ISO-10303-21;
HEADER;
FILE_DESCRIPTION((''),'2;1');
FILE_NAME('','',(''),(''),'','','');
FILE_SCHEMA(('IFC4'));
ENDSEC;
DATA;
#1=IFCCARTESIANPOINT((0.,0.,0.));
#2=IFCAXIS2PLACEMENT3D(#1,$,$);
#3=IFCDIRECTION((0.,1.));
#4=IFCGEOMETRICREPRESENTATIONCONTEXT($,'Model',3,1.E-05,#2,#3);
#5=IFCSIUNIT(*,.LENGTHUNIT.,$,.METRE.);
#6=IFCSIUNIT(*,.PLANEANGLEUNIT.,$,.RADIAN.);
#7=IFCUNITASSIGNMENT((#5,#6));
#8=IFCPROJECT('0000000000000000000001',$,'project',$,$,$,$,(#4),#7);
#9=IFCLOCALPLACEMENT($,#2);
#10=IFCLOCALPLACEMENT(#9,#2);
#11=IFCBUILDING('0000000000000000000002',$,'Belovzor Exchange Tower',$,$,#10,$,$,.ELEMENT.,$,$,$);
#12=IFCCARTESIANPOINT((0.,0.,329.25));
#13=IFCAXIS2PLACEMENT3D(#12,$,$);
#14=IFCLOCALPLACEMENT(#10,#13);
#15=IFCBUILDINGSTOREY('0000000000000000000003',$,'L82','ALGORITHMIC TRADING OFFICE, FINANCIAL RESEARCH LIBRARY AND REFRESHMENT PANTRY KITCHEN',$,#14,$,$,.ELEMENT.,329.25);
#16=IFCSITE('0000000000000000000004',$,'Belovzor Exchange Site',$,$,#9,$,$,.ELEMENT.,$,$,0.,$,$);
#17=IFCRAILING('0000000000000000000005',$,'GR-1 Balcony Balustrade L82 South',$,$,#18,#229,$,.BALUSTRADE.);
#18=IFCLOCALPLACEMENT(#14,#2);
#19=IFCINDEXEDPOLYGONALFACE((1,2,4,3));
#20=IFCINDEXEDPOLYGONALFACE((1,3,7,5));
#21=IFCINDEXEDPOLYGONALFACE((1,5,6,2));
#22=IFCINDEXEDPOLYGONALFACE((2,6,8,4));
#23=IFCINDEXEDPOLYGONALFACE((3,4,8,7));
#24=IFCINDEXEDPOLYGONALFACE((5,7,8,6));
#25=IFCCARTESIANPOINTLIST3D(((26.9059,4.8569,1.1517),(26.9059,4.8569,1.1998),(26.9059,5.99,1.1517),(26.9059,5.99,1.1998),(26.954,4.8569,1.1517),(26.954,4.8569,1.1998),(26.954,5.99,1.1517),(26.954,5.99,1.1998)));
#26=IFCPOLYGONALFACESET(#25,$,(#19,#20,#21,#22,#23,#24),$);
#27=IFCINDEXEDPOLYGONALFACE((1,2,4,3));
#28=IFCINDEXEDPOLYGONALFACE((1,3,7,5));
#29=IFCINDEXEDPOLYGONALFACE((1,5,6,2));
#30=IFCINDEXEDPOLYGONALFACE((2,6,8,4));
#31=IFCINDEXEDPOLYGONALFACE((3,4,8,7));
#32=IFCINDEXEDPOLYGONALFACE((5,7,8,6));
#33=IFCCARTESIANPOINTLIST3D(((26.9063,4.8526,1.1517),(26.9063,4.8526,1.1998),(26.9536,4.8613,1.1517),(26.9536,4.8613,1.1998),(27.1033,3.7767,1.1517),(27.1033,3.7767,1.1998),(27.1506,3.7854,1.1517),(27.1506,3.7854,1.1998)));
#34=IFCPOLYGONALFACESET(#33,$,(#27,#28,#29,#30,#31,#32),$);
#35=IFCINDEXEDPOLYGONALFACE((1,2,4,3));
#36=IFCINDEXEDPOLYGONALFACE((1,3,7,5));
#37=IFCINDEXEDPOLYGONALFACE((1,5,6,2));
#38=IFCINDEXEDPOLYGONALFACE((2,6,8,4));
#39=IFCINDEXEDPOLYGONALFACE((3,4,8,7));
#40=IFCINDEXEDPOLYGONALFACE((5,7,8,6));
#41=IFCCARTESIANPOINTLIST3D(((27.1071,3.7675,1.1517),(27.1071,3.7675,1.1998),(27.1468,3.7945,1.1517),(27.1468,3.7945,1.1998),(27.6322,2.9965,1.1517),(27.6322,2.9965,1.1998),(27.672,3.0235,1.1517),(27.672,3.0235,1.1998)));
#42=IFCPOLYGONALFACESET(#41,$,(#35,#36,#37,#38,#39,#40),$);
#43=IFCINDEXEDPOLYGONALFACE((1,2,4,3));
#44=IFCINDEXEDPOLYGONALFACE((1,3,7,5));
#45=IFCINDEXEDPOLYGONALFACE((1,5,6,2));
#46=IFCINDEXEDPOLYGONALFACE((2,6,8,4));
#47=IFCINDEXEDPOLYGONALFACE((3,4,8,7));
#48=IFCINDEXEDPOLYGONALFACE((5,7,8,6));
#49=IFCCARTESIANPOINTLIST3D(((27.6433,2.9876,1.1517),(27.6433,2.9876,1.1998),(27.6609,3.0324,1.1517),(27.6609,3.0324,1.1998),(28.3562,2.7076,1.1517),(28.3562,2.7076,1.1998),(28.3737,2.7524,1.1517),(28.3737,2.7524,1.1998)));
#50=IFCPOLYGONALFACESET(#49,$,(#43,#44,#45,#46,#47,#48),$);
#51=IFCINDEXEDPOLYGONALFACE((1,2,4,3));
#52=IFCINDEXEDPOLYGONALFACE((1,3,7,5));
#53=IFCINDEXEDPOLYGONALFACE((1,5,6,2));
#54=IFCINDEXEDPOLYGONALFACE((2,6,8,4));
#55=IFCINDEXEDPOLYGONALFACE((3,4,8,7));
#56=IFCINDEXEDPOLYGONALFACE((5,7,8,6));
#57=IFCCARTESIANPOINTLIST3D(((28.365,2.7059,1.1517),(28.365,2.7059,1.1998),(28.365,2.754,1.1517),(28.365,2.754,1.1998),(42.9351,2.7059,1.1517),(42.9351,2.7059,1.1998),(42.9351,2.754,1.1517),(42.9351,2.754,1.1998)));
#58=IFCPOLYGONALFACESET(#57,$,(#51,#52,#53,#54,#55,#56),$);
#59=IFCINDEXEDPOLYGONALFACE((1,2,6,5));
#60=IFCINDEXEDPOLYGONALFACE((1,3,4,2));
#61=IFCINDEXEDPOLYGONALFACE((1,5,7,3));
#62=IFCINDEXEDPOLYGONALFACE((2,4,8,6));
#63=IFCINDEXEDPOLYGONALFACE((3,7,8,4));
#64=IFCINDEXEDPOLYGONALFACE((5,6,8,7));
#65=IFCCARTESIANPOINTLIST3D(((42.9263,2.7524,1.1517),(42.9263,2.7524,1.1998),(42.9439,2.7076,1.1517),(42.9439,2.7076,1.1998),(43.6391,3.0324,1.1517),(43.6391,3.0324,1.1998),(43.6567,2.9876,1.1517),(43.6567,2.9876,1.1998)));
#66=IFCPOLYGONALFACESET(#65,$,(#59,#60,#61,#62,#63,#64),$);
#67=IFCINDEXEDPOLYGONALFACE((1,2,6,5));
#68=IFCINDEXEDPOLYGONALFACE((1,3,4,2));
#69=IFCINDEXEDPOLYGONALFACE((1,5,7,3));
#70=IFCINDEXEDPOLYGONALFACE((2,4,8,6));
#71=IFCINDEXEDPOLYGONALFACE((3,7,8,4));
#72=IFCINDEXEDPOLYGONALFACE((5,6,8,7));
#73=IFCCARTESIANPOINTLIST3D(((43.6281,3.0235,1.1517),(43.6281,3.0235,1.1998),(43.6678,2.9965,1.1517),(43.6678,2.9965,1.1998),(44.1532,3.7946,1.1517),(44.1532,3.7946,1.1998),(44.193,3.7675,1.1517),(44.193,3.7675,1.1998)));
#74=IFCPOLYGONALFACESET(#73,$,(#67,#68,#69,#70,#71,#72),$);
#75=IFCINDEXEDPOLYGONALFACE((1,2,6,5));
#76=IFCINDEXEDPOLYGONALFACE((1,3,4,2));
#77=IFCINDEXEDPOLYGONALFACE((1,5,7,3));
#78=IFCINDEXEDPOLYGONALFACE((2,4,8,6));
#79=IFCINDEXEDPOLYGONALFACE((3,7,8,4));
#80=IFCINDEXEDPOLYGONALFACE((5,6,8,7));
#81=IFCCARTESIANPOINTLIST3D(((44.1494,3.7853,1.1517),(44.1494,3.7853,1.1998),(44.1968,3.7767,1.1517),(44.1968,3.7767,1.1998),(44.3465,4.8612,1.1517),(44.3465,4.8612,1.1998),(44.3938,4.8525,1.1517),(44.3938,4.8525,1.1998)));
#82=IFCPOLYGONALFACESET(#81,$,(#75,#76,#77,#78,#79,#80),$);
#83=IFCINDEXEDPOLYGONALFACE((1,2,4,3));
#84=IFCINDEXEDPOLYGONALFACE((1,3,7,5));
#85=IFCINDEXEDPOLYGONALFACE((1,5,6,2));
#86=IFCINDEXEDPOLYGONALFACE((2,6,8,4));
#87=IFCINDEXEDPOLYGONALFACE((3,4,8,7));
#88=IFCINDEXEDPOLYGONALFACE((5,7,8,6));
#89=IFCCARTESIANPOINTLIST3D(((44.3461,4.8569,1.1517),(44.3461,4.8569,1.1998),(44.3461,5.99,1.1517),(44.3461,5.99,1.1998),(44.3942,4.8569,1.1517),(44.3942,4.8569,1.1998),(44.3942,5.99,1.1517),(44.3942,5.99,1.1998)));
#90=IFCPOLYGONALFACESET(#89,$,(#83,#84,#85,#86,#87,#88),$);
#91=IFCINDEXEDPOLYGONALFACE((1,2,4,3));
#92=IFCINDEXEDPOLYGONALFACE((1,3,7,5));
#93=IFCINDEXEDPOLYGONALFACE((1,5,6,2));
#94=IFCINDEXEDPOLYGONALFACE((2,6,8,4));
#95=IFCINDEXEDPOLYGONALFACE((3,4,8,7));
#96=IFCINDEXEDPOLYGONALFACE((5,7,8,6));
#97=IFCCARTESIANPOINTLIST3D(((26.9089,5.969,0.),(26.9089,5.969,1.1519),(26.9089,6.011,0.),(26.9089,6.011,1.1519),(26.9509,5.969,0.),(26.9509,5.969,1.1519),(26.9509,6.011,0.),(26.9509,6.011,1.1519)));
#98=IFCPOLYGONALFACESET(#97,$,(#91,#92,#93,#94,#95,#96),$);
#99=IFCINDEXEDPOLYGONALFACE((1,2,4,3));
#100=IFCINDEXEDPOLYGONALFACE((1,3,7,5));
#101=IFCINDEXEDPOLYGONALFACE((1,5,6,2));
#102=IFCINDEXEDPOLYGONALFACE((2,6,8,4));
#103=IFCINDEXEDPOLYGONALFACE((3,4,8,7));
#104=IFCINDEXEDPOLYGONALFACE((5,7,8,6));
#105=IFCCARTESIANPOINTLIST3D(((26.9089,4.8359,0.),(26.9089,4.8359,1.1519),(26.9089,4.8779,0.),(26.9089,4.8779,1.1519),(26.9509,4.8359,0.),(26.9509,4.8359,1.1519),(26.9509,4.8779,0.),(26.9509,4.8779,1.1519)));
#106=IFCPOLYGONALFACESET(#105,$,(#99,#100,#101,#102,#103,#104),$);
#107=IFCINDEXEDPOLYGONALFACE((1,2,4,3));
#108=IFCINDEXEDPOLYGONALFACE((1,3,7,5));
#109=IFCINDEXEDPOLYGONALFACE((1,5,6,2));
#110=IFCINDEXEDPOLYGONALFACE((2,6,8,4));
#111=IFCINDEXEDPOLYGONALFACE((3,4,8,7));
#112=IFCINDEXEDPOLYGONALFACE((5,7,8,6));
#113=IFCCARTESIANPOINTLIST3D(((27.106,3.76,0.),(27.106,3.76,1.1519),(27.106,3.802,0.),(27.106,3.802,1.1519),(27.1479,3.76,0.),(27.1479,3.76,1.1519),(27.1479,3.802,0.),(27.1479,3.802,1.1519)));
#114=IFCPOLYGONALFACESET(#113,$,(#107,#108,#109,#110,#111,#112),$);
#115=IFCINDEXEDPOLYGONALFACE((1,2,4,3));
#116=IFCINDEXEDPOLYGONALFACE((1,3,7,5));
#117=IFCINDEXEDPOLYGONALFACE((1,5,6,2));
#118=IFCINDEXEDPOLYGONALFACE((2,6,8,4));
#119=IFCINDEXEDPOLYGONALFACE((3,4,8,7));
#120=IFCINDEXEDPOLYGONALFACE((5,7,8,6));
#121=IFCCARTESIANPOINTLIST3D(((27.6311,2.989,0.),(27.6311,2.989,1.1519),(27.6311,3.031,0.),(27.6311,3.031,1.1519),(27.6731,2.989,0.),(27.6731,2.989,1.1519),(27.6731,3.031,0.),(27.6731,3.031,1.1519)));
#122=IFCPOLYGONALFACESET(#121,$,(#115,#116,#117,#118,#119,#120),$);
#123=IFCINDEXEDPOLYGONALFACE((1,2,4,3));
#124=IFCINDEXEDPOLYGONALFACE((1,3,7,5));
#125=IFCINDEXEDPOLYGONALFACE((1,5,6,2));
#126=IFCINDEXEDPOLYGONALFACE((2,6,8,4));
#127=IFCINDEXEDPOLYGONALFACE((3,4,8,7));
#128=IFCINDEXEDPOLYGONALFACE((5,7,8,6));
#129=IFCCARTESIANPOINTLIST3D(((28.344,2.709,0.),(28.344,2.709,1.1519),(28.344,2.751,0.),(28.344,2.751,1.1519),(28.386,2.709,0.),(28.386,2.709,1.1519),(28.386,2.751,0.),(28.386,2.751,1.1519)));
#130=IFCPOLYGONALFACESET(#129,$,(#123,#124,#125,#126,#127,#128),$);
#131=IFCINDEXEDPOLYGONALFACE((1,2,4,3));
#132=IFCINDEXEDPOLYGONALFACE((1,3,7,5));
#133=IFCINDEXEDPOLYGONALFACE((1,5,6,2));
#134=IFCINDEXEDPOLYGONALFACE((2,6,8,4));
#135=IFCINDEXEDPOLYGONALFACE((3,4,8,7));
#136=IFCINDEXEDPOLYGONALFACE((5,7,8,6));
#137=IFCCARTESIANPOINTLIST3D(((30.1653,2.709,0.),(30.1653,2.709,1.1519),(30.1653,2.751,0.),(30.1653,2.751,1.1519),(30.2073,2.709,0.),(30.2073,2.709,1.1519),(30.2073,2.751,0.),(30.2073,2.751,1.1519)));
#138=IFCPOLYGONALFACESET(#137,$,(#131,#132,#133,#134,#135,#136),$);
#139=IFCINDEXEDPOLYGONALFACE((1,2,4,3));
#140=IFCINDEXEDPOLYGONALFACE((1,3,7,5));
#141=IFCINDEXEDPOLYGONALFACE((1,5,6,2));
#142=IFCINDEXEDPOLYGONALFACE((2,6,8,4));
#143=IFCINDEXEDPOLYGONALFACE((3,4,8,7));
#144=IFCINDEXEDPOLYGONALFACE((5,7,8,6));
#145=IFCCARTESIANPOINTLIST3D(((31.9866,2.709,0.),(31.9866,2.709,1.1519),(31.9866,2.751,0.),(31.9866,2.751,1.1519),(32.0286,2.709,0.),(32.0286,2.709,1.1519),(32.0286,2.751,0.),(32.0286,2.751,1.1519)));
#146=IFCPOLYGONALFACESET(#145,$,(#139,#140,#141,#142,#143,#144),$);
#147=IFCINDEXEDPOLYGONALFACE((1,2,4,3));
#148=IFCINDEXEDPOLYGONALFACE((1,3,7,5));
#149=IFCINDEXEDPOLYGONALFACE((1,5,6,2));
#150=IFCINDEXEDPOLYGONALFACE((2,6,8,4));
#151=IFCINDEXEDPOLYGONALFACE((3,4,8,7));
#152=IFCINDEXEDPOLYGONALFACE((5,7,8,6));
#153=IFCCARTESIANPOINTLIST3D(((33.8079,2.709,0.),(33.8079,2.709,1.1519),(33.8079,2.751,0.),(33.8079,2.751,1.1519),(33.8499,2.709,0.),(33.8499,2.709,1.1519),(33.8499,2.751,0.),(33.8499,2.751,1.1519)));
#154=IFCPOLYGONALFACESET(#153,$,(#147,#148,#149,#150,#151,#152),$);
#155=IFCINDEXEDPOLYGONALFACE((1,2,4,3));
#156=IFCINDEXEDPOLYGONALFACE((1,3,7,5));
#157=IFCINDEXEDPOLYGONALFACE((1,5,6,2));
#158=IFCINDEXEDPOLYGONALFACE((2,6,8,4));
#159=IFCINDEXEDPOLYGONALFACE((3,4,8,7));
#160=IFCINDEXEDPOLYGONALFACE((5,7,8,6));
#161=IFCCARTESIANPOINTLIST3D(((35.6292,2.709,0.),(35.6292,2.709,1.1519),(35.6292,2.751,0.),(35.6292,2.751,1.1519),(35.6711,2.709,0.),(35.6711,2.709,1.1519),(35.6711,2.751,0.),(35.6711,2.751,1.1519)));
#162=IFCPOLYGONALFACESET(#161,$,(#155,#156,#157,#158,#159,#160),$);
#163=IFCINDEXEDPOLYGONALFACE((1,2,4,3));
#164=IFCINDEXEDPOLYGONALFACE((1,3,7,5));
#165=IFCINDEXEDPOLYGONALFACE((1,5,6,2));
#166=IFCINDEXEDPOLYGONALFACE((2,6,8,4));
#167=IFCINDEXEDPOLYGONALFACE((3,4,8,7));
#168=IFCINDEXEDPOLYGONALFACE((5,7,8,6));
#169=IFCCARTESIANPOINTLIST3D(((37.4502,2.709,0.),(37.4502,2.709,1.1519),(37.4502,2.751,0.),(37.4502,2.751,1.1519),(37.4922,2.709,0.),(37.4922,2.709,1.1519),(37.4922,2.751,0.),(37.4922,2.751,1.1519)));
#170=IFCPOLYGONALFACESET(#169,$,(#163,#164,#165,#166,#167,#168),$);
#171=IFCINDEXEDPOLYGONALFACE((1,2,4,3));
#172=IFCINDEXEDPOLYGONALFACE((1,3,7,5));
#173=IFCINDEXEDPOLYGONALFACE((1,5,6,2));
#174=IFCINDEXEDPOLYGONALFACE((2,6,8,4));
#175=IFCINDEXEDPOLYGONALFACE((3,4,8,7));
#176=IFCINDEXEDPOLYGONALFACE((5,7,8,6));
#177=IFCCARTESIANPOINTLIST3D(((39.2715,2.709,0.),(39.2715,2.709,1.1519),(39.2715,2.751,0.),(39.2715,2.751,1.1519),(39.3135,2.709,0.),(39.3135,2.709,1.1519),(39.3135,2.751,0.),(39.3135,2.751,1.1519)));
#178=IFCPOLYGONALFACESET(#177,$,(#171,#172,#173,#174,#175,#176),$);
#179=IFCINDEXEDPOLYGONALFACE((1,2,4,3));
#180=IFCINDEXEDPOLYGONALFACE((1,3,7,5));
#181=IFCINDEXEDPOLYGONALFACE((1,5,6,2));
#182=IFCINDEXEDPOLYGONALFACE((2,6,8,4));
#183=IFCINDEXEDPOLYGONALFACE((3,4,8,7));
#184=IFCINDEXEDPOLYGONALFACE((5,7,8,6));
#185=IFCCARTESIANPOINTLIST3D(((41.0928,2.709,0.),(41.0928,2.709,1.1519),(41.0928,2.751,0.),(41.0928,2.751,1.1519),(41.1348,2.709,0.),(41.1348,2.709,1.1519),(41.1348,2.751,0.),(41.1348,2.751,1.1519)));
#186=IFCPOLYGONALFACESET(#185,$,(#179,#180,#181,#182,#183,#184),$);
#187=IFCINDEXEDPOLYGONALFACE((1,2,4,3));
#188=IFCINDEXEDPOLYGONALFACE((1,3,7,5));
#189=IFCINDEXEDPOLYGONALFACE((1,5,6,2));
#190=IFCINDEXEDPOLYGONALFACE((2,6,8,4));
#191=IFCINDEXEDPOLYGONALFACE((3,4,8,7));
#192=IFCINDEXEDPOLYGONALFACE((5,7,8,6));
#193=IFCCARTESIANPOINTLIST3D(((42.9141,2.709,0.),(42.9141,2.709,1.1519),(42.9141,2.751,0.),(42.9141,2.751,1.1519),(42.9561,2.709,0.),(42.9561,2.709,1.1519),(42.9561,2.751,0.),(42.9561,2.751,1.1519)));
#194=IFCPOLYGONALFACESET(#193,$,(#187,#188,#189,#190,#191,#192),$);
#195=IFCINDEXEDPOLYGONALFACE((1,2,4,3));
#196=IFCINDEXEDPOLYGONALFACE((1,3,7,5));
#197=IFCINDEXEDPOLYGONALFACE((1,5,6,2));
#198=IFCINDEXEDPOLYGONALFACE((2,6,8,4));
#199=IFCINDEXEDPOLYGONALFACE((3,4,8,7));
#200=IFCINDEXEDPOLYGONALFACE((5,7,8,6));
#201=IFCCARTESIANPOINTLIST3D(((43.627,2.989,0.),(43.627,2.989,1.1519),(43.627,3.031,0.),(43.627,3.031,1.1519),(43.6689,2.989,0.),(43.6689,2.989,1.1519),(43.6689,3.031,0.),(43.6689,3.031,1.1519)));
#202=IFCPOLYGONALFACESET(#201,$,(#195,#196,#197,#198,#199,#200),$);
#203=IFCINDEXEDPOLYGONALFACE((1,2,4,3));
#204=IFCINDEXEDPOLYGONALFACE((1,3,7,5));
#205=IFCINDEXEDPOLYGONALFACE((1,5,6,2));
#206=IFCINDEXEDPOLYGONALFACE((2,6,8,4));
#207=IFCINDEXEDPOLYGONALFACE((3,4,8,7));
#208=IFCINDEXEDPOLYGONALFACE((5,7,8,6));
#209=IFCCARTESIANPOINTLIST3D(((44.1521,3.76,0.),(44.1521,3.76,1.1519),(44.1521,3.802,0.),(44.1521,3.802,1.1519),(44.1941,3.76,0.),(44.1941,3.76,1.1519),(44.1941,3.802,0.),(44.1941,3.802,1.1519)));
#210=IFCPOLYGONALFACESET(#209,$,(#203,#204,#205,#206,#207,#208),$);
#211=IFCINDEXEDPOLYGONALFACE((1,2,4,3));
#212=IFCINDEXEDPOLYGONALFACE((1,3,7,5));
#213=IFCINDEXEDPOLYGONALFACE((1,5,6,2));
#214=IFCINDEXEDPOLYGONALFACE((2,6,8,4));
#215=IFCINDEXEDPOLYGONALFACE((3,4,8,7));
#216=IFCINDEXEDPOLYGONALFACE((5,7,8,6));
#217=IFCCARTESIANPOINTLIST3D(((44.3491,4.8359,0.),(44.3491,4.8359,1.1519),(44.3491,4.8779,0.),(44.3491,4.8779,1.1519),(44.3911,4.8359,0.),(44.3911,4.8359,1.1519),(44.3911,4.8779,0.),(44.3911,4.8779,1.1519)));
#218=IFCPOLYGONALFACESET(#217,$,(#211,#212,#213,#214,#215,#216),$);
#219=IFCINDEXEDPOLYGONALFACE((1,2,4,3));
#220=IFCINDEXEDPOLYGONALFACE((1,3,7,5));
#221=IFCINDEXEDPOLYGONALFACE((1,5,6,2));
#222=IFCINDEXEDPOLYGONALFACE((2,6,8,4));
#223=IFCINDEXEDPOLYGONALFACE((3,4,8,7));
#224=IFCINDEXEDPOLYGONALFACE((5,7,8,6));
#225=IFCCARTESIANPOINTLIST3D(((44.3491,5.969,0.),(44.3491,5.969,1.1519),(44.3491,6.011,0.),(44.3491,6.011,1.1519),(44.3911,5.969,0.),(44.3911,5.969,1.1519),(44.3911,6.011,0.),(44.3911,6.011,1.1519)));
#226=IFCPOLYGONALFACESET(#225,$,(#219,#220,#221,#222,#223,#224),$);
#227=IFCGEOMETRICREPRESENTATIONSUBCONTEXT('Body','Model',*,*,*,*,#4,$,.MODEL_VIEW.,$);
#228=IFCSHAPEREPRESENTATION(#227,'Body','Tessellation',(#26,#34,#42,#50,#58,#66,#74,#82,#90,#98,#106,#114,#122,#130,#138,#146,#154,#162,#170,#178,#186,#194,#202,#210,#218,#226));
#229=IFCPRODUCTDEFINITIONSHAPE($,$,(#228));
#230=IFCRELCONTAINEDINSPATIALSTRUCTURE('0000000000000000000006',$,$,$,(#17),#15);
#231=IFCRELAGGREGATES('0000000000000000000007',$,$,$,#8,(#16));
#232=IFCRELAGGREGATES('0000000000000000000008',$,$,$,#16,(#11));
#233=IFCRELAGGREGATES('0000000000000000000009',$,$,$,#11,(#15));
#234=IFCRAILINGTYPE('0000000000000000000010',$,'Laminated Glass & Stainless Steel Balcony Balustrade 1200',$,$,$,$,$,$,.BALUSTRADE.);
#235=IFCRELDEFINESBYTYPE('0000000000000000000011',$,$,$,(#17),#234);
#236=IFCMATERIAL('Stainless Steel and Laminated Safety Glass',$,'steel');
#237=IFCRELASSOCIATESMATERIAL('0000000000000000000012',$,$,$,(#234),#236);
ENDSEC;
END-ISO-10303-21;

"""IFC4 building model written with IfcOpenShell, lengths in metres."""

from ifc_helpers import new_model, si_unit, direction, frame, origin, origin_2d, place, context, subcontext, project, spatial, rectangle, extrude, material, type_object, element, save


model = new_model("IFC4")

# Units and contexts
model_context = context("Model", 3, precision=1e-05, world=origin(), true_north=direction((0.0, 1.0)))
body_context = subcontext(model_context, "Body", "Model", "MODEL_VIEW")
ifc_project = project(units=[si_unit("LENGTHUNIT", "METRE"), si_unit("PLANEANGLEUNIT", "RADIAN")], contexts=[model_context])

# Site, building, storey
site_placement = place(None, origin())
site = spatial("IfcSite", under=ifc_project, at=site_placement, Name="Belovzor Exchange Site", CompositionType="ELEMENT", RefElevation=0.0)
building_placement = place(site_placement, origin())
building = spatial("IfcBuilding", under=site, at=building_placement, Name="Belovzor Exchange Tower", CompositionType="ELEMENT")
storey_placement = place(building_placement, frame((0.0, 0.0, 329.25)))
storey = spatial("IfcBuildingStorey", under=building, at=storey_placement, Name="L82", Description="ALGORITHMIC TRADING OFFICE, FINANCIAL RESEARCH LIBRARY AND REFRESHMENT PANTRY KITCHEN", CompositionType="ELEMENT", Elevation=329.25)

# Railing
ifc_material_1 = material(Name="Stainless Steel and Laminated Safety Glass", Category="steel")
railing_type = type_object("IfcRailingType", Name="Laminated Glass & Stainless Steel Balcony Balustrade 1200", PredefinedType="BALUSTRADE", material=ifc_material_1)
railing_placement = place(storey_placement, frame((26.9299, 5.99, 0.0)))
element("IfcRailing", 1, at=railing_placement, inside=storey, type_object=railing_type, Name="GR-1 Balcony Balustrade L82 South", PredefinedType="BALUSTRADE", context=body_context, shape_type="SweptSolid", body=[
    extrude(rectangle(XDim=0.0481, YDim=0.0481, at=origin_2d()), frame((0.0, 0.0, 1.1758), z_axis=(0.0, -1.0, 0.0), x_axis=(1.0, 0.0, 0.0)), (0.0, 0.0, 1.0), 1.1331),
    extrude(rectangle(XDim=0.0481, YDim=0.0481, at=origin_2d()), frame((0.0, -1.1331, 1.1758), z_axis=(0.180123, -0.983644, 0.0), x_axis=(0.983644, 0.180123, 0.0)), (0.0, 0.0, 1.0), 1.0938),
    extrude(rectangle(XDim=0.0481, YDim=0.0481, at=origin_2d()), frame((0.197, -2.209, 1.1758), z_axis=(0.562947, -0.826493, 0.0), x_axis=(0.826493, 0.562947, 0.0)), (0.0, 0.0, 1.0), 0.9329),
    extrude(rectangle(XDim=0.0481, YDim=0.0481, at=origin_2d()), frame((0.7222, -2.98, 1.1758), z_axis=(0.930767, -0.365613, 0.0), x_axis=(0.365613, 0.930767, 0.0)), (0.0, 0.0, 1.0), 0.7659),
    extrude(rectangle(XDim=0.0481, YDim=0.0481, at=origin_2d()), frame((1.4351, -3.26, 1.1758), z_axis=(1.0, 0.0, 0.0), x_axis=(0.0, 1.0, 0.0)), (0.0, 0.0, 1.0), 14.5701),
    extrude(rectangle(XDim=0.0481, YDim=0.0481, at=origin_2d()), frame((16.0051, -3.26, 1.1758), z_axis=(0.930767, 0.365613, 0.0), x_axis=(-0.365613, 0.930767, 0.0)), (0.0, 0.0, 1.0), 0.7659),
    extrude(rectangle(XDim=0.0481, YDim=0.0481, at=origin_2d()), frame((16.718, -2.98, 1.1758), z_axis=(0.562947, 0.826493, 0.0), x_axis=(-0.826493, 0.562947, 0.0)), (0.0, 0.0, 1.0), 0.9329),
    extrude(rectangle(XDim=0.0481, YDim=0.0481, at=origin_2d()), frame((17.2432, -2.209, 1.1758), z_axis=(0.180123, 0.983644, 0.0), x_axis=(-0.983644, 0.180123, 0.0)), (0.0, 0.0, 1.0), 1.0938),
    extrude(rectangle(XDim=0.0481, YDim=0.0481, at=origin_2d()), frame((17.4402, -1.1331, 1.1758), z_axis=(0.0, 1.0, 0.0), x_axis=(-1.0, 0.0, 0.0)), (0.0, 0.0, 1.0), 1.1331),
    extrude(rectangle(XDim=0.042, YDim=0.042, at=origin_2d()), origin(), (0.0, 0.0, 1.0), 1.1519),
    extrude(rectangle(XDim=0.042, YDim=0.042, at=origin_2d()), frame((0.0, -1.1331, 0.0)), (0.0, 0.0, 1.0), 1.1519),
    extrude(rectangle(XDim=0.042, YDim=0.042, at=origin_2d()), frame((0.197, -2.209, 0.0)), (0.0, 0.0, 1.0), 1.1519),
    extrude(rectangle(XDim=0.042, YDim=0.042, at=origin_2d()), frame((0.7222, -2.98, 0.0)), (0.0, 0.0, 1.0), 1.1519),
    extrude(rectangle(XDim=0.042, YDim=0.042, at=origin_2d()), frame((1.4351, -3.26, 0.0)), (0.0, 0.0, 1.0), 1.1519),
    extrude(rectangle(XDim=0.042, YDim=0.042, at=origin_2d()), frame((3.2563, -3.26, 0.0)), (0.0, 0.0, 1.0), 1.1519),
    extrude(rectangle(XDim=0.042, YDim=0.042, at=origin_2d()), frame((5.0776, -3.26, 0.0)), (0.0, 0.0, 1.0), 1.1519),
    extrude(rectangle(XDim=0.042, YDim=0.042, at=origin_2d()), frame((6.8989, -3.26, 0.0)), (0.0, 0.0, 1.0), 1.1519),
    extrude(rectangle(XDim=0.042, YDim=0.042, at=origin_2d()), frame((8.7202, -3.26, 0.0)), (0.0, 0.0, 1.0), 1.1519),
    extrude(rectangle(XDim=0.042, YDim=0.042, at=origin_2d()), frame((10.5413, -3.26, 0.0)), (0.0, 0.0, 1.0), 1.1519),
    extrude(rectangle(XDim=0.042, YDim=0.042, at=origin_2d()), frame((12.3625, -3.26, 0.0)), (0.0, 0.0, 1.0), 1.1519),
    extrude(rectangle(XDim=0.042, YDim=0.042, at=origin_2d()), frame((14.1838, -3.26, 0.0)), (0.0, 0.0, 1.0), 1.1519),
    extrude(rectangle(XDim=0.042, YDim=0.042, at=origin_2d()), frame((16.0051, -3.26, 0.0)), (0.0, 0.0, 1.0), 1.1519),
    extrude(rectangle(XDim=0.042, YDim=0.042, at=origin_2d()), frame((16.718, -2.98, 0.0)), (0.0, 0.0, 1.0), 1.1519),
    extrude(rectangle(XDim=0.042, YDim=0.042, at=origin_2d()), frame((17.2432, -2.209, 0.0)), (0.0, 0.0, 1.0), 1.1519),
    extrude(rectangle(XDim=0.042, YDim=0.042, at=origin_2d()), frame((17.4402, -1.1331, 0.0)), (0.0, 0.0, 1.0), 1.1519),
    extrude(rectangle(XDim=0.042, YDim=0.042, at=origin_2d()), frame((17.4402, 0.0, 0.0)), (0.0, 0.0, 1.0), 1.1519),
])

save(model, "model.ifc")
